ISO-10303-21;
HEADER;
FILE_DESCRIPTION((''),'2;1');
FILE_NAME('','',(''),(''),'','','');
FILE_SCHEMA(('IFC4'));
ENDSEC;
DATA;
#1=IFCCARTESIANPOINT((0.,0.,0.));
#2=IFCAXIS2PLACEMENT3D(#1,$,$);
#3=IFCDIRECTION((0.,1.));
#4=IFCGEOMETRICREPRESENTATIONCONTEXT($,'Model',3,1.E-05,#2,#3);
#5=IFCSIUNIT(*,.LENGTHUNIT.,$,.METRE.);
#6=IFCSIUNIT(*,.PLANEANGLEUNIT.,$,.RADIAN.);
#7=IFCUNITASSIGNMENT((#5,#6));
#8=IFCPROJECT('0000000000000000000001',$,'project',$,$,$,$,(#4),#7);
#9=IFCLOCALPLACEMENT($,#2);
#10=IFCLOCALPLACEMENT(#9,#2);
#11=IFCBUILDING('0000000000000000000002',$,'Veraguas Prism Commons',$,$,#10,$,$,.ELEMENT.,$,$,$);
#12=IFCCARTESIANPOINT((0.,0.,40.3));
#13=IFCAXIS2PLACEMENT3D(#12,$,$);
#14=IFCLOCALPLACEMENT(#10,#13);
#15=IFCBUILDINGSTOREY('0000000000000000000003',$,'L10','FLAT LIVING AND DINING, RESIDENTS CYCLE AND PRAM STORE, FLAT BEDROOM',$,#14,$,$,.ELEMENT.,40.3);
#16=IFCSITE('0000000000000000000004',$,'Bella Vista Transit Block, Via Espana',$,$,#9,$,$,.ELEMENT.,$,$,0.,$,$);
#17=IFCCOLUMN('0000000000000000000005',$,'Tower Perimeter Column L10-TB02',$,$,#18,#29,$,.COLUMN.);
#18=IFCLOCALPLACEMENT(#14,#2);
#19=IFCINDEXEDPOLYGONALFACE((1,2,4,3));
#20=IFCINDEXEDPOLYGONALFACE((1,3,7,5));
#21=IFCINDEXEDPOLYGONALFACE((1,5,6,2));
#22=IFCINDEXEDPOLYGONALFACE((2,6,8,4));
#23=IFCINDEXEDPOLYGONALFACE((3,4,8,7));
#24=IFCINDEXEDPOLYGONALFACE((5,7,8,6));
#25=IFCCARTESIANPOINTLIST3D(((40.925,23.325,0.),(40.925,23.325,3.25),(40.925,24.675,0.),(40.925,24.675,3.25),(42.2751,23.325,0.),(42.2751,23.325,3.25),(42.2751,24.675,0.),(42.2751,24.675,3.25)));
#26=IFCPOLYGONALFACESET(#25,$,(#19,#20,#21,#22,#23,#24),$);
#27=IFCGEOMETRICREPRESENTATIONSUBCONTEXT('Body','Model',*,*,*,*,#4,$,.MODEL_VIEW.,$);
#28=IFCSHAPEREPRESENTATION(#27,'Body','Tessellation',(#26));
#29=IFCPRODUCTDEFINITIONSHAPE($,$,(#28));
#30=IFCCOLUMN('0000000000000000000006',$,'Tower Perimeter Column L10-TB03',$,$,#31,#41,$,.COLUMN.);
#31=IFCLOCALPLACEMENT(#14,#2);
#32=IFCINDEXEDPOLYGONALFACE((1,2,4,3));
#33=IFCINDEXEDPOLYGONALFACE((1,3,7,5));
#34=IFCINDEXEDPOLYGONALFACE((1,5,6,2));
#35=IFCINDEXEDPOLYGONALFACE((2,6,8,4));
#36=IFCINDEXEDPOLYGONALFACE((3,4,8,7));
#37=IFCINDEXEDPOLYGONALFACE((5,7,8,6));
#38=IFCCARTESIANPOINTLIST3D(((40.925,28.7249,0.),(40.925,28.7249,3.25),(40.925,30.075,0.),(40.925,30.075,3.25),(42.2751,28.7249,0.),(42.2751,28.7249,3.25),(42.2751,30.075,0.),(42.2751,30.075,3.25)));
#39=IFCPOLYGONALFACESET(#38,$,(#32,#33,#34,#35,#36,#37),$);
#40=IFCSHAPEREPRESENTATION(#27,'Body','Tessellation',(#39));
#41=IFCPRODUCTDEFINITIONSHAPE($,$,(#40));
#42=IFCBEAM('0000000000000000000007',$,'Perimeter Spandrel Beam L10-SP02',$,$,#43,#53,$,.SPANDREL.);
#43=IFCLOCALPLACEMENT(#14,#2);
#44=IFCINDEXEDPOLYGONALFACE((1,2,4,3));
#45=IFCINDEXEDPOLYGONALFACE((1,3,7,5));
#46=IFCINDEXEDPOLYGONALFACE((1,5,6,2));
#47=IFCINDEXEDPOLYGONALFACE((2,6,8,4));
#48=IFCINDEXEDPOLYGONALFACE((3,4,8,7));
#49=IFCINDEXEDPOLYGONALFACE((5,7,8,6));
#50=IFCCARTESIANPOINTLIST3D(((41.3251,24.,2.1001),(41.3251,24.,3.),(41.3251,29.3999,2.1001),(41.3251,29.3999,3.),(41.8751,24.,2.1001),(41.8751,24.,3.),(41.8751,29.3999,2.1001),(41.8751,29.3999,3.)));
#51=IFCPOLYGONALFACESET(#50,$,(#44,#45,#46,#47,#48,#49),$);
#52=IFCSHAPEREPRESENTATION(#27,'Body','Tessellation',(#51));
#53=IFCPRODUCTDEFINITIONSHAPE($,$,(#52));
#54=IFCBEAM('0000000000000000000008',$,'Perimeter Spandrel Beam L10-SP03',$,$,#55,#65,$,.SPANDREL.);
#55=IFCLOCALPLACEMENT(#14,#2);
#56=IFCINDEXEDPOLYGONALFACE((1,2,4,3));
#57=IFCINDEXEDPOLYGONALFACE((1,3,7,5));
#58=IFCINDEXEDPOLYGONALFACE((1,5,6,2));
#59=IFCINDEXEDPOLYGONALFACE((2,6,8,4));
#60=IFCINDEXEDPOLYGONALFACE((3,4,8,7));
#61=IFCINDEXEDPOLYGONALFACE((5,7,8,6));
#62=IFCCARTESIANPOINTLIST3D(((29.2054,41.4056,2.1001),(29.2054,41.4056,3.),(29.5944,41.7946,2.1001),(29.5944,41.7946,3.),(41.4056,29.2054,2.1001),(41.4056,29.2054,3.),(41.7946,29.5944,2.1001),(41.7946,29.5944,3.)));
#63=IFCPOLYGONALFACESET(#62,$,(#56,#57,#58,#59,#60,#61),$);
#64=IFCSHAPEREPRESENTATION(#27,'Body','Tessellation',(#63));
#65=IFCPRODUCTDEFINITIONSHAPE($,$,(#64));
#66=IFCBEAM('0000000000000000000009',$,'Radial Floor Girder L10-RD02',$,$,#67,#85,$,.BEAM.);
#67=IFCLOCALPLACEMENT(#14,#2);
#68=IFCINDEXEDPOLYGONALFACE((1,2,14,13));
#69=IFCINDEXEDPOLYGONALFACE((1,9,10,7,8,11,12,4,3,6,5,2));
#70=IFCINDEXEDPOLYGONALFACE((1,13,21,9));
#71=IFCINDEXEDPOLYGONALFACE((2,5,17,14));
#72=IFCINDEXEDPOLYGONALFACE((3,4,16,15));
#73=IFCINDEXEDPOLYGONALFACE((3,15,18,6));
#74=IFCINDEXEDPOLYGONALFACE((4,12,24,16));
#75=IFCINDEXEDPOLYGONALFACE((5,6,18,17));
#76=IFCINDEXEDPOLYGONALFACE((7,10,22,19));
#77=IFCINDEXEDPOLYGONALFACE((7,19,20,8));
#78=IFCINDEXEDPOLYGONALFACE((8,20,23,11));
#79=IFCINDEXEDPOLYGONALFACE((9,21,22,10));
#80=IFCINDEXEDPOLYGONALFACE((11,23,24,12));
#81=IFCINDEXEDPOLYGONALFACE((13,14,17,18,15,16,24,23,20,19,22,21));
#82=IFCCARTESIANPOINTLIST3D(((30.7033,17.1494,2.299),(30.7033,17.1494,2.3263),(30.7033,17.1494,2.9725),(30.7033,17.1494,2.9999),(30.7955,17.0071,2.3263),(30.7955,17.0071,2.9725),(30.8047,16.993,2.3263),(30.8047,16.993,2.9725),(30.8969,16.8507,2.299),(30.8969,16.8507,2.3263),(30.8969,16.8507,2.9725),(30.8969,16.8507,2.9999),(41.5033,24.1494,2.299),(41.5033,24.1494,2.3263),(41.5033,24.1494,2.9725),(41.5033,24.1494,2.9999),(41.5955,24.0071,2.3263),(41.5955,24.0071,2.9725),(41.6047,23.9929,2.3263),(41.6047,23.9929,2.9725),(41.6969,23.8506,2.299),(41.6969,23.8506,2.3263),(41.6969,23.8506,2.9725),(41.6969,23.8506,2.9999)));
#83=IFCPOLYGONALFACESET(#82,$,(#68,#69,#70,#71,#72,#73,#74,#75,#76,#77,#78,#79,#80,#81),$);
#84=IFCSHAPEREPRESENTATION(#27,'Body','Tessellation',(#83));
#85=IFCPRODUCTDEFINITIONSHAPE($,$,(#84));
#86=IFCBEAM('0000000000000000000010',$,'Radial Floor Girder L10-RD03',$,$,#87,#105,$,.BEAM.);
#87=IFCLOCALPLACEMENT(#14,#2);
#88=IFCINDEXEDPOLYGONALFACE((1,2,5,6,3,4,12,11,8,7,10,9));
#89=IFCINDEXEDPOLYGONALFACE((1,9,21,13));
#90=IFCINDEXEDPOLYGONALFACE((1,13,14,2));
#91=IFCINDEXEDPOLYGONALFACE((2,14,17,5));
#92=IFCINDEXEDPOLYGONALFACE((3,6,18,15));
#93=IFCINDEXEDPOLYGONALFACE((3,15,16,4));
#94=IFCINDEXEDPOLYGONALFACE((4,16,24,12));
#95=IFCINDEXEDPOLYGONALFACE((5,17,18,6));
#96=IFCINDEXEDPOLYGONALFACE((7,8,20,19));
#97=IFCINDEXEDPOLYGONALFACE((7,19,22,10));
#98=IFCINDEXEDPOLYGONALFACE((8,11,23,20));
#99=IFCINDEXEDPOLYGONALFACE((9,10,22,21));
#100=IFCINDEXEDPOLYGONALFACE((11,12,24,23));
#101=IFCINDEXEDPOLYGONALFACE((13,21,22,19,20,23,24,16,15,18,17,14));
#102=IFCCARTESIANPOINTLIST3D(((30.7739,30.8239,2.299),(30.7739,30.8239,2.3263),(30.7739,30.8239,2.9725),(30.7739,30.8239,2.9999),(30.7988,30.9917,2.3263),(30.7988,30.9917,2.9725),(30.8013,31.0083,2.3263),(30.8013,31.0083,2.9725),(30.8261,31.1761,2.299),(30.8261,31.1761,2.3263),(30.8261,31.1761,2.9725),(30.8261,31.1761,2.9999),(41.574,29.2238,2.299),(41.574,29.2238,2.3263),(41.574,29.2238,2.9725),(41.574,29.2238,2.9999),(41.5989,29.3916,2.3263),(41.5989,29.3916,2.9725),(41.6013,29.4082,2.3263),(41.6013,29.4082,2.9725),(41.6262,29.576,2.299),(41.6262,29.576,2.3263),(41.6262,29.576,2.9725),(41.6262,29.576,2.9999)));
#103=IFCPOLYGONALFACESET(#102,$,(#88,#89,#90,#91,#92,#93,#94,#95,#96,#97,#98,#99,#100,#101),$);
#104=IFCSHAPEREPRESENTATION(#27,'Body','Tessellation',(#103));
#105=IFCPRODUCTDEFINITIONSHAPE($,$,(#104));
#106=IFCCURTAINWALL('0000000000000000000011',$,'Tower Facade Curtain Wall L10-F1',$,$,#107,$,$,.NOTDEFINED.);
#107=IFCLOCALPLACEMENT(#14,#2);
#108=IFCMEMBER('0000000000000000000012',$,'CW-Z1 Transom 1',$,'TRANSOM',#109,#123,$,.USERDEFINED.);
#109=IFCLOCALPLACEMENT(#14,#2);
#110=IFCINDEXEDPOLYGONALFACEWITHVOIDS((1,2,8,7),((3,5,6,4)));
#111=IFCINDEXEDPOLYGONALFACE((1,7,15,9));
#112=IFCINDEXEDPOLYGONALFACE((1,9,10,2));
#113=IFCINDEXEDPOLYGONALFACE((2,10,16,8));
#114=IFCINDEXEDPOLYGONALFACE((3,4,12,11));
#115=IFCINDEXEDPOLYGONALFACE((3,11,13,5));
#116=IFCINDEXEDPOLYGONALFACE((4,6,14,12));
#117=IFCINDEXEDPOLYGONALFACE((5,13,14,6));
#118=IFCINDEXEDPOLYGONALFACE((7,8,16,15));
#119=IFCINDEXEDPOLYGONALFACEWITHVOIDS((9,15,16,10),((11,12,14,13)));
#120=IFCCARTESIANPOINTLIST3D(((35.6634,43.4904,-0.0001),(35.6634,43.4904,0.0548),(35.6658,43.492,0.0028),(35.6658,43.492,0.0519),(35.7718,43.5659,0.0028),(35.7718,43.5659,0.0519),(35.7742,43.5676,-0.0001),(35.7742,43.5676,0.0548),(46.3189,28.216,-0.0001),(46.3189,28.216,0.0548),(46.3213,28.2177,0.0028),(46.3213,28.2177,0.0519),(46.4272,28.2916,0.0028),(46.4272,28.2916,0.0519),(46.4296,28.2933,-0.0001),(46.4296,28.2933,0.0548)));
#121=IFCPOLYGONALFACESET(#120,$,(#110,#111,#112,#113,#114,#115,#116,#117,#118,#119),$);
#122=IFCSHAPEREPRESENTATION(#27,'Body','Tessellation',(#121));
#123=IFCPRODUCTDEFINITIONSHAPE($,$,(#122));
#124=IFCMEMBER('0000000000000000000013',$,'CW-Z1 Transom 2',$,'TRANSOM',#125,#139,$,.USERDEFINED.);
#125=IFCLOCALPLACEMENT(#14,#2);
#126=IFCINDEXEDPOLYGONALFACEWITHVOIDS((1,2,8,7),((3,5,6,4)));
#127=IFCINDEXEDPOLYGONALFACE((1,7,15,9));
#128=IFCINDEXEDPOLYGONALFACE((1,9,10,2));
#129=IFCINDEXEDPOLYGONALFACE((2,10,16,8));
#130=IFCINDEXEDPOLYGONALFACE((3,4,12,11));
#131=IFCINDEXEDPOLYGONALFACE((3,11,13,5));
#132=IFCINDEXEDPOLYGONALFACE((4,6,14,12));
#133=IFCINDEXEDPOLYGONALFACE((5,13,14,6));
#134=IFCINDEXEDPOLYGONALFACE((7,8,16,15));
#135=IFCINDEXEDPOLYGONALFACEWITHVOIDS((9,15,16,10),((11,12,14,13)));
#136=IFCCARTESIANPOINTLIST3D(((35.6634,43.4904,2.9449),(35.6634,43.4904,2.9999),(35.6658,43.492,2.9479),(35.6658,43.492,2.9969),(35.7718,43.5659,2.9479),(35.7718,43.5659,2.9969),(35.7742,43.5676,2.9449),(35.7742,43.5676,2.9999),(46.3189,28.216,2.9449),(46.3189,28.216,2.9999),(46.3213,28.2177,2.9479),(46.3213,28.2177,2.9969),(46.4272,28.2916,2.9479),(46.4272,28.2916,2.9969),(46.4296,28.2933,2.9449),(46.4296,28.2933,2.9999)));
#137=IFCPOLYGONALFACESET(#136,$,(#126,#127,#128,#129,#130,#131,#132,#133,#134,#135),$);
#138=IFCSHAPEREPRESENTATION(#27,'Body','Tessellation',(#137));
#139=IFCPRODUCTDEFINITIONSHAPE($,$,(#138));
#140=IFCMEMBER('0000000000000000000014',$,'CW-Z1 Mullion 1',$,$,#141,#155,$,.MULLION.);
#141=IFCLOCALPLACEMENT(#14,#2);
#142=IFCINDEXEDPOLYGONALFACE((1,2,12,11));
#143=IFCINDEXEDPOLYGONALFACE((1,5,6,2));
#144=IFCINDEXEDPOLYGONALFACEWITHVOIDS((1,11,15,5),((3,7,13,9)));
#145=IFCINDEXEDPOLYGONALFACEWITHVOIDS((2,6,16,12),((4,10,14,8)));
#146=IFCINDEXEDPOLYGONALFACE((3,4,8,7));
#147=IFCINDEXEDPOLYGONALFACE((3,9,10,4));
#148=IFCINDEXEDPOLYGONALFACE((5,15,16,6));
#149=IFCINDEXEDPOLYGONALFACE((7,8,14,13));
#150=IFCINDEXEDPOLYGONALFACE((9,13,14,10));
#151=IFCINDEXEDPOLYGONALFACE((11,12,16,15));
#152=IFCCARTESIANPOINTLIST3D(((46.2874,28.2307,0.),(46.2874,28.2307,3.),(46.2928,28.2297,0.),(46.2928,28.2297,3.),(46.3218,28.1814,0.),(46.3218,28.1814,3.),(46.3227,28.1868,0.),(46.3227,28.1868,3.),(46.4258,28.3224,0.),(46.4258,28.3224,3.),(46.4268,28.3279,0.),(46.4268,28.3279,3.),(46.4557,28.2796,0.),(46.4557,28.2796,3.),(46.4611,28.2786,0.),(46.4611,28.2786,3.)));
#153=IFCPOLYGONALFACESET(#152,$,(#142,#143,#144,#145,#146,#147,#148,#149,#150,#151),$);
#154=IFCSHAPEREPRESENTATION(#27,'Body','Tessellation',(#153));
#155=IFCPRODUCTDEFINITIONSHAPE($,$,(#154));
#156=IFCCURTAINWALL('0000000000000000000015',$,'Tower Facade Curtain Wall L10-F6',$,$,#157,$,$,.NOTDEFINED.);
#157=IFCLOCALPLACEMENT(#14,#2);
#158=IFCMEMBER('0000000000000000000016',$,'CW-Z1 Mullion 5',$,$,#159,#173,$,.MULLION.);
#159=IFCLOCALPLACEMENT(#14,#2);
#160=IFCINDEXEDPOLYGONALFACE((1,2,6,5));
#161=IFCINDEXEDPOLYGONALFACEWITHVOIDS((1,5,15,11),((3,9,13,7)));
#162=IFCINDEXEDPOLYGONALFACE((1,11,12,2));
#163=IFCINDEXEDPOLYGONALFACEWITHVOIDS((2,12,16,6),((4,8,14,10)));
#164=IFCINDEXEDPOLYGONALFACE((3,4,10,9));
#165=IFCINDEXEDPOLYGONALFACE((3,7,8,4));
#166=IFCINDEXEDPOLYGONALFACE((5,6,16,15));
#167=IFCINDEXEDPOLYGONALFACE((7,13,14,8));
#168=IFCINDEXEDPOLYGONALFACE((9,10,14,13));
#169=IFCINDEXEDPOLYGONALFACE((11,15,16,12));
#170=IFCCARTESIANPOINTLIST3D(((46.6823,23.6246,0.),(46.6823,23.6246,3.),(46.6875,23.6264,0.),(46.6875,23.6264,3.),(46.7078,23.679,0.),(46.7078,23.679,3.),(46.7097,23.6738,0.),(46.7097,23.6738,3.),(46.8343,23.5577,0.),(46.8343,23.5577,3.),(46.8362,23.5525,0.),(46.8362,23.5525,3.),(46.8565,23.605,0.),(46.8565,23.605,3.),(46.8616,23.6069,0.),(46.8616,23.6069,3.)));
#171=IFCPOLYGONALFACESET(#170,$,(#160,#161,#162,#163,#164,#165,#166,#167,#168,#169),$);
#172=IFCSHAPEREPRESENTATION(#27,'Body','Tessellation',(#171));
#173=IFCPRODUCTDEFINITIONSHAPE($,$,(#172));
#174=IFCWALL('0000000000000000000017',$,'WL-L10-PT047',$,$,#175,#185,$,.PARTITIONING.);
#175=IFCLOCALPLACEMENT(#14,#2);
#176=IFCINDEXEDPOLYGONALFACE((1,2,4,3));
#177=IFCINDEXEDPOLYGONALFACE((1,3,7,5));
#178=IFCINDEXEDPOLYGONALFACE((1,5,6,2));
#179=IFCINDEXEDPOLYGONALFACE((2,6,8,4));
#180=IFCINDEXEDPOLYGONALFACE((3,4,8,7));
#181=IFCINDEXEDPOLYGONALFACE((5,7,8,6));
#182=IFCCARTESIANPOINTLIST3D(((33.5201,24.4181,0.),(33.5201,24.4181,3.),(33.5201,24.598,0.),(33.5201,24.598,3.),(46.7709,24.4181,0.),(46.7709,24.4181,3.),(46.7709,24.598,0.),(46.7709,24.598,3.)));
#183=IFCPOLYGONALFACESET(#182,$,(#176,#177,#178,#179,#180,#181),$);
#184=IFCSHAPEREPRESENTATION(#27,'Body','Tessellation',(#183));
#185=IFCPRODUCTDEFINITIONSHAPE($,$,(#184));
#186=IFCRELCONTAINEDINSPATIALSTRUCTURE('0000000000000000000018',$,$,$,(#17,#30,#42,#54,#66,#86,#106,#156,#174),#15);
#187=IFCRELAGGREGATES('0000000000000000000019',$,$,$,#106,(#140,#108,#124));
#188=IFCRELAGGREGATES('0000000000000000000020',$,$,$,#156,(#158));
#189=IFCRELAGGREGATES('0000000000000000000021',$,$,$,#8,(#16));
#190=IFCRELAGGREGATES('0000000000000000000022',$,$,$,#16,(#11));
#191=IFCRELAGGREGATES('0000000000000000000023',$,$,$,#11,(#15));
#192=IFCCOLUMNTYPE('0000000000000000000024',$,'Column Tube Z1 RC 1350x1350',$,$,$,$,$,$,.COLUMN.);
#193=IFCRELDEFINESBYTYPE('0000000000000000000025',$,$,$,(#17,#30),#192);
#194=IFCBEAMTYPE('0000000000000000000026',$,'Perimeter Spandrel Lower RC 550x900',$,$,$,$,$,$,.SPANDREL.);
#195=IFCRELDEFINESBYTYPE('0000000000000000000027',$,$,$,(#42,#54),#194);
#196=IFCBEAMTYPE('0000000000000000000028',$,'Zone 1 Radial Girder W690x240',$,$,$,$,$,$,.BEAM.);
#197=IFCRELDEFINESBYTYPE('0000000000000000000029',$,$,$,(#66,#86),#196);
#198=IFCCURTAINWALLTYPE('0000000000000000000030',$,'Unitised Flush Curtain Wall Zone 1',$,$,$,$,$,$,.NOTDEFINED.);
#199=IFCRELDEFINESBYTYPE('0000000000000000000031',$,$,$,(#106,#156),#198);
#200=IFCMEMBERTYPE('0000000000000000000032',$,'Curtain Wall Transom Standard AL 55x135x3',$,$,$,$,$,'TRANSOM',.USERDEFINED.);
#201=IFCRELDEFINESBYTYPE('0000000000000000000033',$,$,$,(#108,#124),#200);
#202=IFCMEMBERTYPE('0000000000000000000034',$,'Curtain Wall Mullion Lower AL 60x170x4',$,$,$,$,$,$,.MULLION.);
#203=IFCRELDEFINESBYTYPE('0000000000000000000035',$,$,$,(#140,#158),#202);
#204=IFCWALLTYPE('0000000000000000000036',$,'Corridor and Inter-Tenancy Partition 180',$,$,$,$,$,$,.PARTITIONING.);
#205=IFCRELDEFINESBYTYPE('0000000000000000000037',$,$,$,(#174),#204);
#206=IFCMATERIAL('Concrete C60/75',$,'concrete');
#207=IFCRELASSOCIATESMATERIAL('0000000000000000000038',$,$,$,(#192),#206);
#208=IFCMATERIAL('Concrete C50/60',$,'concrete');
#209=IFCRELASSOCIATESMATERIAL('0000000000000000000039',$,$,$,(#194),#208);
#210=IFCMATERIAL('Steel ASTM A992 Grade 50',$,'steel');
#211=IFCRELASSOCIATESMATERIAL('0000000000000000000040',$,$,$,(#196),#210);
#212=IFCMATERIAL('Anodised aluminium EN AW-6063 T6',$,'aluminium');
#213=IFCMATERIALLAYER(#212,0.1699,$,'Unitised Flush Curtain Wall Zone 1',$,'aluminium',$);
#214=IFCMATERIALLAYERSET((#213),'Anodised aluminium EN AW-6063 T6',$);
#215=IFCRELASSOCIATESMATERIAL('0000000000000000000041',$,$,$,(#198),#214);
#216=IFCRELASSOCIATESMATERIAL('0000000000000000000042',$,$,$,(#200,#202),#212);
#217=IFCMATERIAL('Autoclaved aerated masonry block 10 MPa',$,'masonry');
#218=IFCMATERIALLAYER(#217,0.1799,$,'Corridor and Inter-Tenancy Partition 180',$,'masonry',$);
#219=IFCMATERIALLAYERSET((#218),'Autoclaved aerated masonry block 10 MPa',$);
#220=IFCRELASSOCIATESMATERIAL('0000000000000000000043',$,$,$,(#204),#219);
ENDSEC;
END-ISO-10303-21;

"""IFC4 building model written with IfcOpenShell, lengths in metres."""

from ifc_helpers import new_model, si_unit, direction, frame, frame_2d, origin, origin_2d, place, context, subcontext, project, spatial, rectangle, hollow_rectangle, i_section, extrude, source, transform, mapped, material, layer, layer_set, material_profile, profile_set, type_object, element, aggregate, save


model = new_model("IFC4")

# Units and contexts
model_context = context("Model", 3, precision=1e-05, world=origin(), true_north=direction((0.0, 1.0)))
body_context = subcontext(model_context, "Body", "Model", "MODEL_VIEW")
ifc_project = project(units=[si_unit("LENGTHUNIT", "METRE"), si_unit("PLANEANGLEUNIT", "RADIAN")], contexts=[model_context])

# Site, building, storey
site_placement = place(None, origin())
site = spatial("IfcSite", under=ifc_project, at=site_placement, Name="Bella Vista Transit Block, Via Espana", CompositionType="ELEMENT", RefElevation=0.0)
building_placement = place(site_placement, origin())
building = spatial("IfcBuilding", under=site, at=building_placement, Name="Veraguas Prism Commons", CompositionType="ELEMENT")
storey_placement = place(building_placement, frame((0.0, 0.0, 40.3)))
storey = spatial("IfcBuildingStorey", under=building, at=storey_placement, Name="L10", Description="FLAT LIVING AND DINING, RESIDENTS CYCLE AND PRAM STORE, FLAT BEDROOM", CompositionType="ELEMENT", Elevation=40.3)

# Columns
ifc_material_1 = material(Name="Concrete C60/75", Category="concrete")
ifc_material_profile_1 = material_profile(ifc_material_1, rectangle(XDim=1.3501, YDim=1.3501, at=origin_2d()), Name="RC1350X1350")
ifc_profile_set_1 = profile_set([ifc_material_profile_1], Name="Concrete C60/75")
column_type = type_object("IfcColumnType", Name="Column Tube Z1 RC 1350x1350", PredefinedType="COLUMN", material=ifc_profile_set_1)
for number, where, z_axis, x_axis, name in (
    (1, (41.6001, 24.0, 0.0), (0.0, 0.0, 1.0), (1.0, 0.0, 0.0), "Tower Perimeter Column L10-TB02"),
    (2, (41.6001, 29.3999, 0.0), (0.0, 0.0, 1.0), (1.0, 0.0, 0.0), "Tower Perimeter Column L10-TB03"),
):
    element("IfcColumn", number, at=place(storey_placement, frame(where, z_axis=z_axis, x_axis=x_axis)), inside=storey, type_object=column_type, Name=name, PredefinedType="COLUMN", context=body_context, shape_type="SweptSolid", body=[
        extrude(rectangle(XDim=1.3501, YDim=1.3501, at=origin_2d()), origin(), (0.0, 0.0, 1.0), 3.25),
    ])

# Beams
ifc_material_2 = material(Name="Concrete C50/60", Category="concrete")
ifc_material_profile_2 = material_profile(ifc_material_2, rectangle(XDim=0.55, YDim=0.8999, at=origin_2d()), Name="RC550X900")
ifc_profile_set_2 = profile_set([ifc_material_profile_2], Name="Concrete C50/60")
beam_type_1 = type_object("IfcBeamType", Name="Perimeter Spandrel Lower RC 550x900", PredefinedType="SPANDREL", material=ifc_profile_set_2)
beam_1_placement = place(storey_placement, frame((41.6001, 24.0, 2.55), z_axis=(0.0, 1.0, 0.0), x_axis=(-1.0, 0.0, 0.0)))
element("IfcBeam", 3, at=beam_1_placement, inside=storey, type_object=beam_type_1, Name="Perimeter Spandrel Beam L10-SP02", PredefinedType="SPANDREL", context=body_context, shape_type="SweptSolid", body=[
    extrude(rectangle(XDim=0.55, YDim=0.8999, at=origin_2d()), origin(), (0.0, 0.0, 1.0), 5.3999),
])
beam_2_placement = place(storey_placement, frame((41.6001, 29.3999, 2.55), z_axis=(-0.707107, 0.707107, 0.0), x_axis=(-0.707107, -0.707107, 0.0)))
element("IfcBeam", 4, at=beam_2_placement, inside=storey, type_object=beam_type_1, Name="Perimeter Spandrel Beam L10-SP03", PredefinedType="SPANDREL", context=body_context, shape_type="SweptSolid", body=[
    extrude(rectangle(XDim=0.55, YDim=0.8999, at=origin_2d()), origin(), (0.0, 0.0, 1.0), 17.2537),
])
ifc_material_3 = material(Name="Steel ASTM A992 Grade 50", Category="steel")
ifc_material_profile_3 = material_profile(ifc_material_3, i_section(OverallWidth=0.356, OverallDepth=0.7009, WebThickness=0.0168, FlangeThickness=0.0273, at=origin_2d()), Name="W690X240")
ifc_profile_set_3 = profile_set([ifc_material_profile_3], Name="Steel ASTM A992 Grade 50")
beam_type_2 = type_object("IfcBeamType", Name="Zone 1 Radial Girder W690x240", PredefinedType="BEAM", material=ifc_profile_set_3)
beam_3_placement = place(storey_placement, frame((41.6001, 24.0, 2.6494), z_axis=(-0.839154, -0.543894, 0.0), x_axis=(0.543894, -0.839154, 0.0)))
element("IfcBeam", 5, at=beam_3_placement, inside=storey, type_object=beam_type_2, Name="Radial Floor Girder L10-RD02", PredefinedType="BEAM", context=body_context, shape_type="SweptSolid", body=[
    extrude(i_section(OverallWidth=0.356, OverallDepth=0.7009, WebThickness=0.0168, FlangeThickness=0.0273, at=origin_2d()), origin(), (0.0, 0.0, 1.0), 12.8701),
])
beam_4_placement = place(storey_placement, frame((41.6001, 29.3999, 2.6494), z_axis=(-0.989202, 0.146557, 0.0), x_axis=(-0.146557, -0.989202, 0.0)))
element("IfcBeam", 6, at=beam_4_placement, inside=storey, type_object=beam_type_2, Name="Radial Floor Girder L10-RD03", PredefinedType="BEAM", context=body_context, shape_type="SweptSolid", body=[
    extrude(i_section(OverallWidth=0.356, OverallDepth=0.7009, WebThickness=0.0168, FlangeThickness=0.0273, at=origin_2d()), origin(), (0.0, 0.0, 1.0), 10.918),
])

# Curtain wall, members
ifc_material_4 = material(Name="Anodised aluminium EN AW-6063 T6", Category="aluminium")
ifc_layer_1 = layer(ifc_material_4, 0.1699, Name="Unitised Flush Curtain Wall Zone 1", Category="aluminium")
ifc_layer_set_1 = layer_set([ifc_layer_1], Name="Anodised aluminium EN AW-6063 T6")
curtain_wall_type = type_object("IfcCurtainWallType", Name="Unitised Flush Curtain Wall Zone 1", PredefinedType="NOTDEFINED", material=ifc_layer_set_1)
curtain_wall_1_placement = place(storey_placement, origin())
curtain_wall_1 = element("IfcCurtainWall", 7, at=curtain_wall_1_placement, inside=storey, type_object=curtain_wall_type, Name="Tower Facade Curtain Wall L10-F1", PredefinedType="NOTDEFINED")
ifc_material_profile_4 = material_profile(ifc_material_4, hollow_rectangle(XDim=0.0549, YDim=0.135, WallThickness=0.0029, at=origin_2d()), Name="AL55X135X3")
ifc_profile_set_4 = profile_set([ifc_material_profile_4], Name="Anodised aluminium EN AW-6063 T6")
member_type_1 = type_object("IfcMemberType", Name="Curtain Wall Transom Standard AL 55x135x3", ElementType="TRANSOM", PredefinedType="USERDEFINED", material=ifc_profile_set_4)
shared_shape_1 = source(origin(), body_context, "Body", "SweptSolid", [
    extrude(hollow_rectangle(XDim=0.0549, YDim=0.135, WallThickness=0.0029, at=origin_2d()), origin(), (0.0, 0.0, 1.0), 18.6238),
])
member_1_placement = place(storey_placement, frame((46.3743, 28.2546, 0.0273), z_axis=(-0.572144, 0.820153, 0.0), x_axis=(0.0, 0.0, 1.0)))
member_1 = element("IfcMember", 8, at=member_1_placement, type_object=member_type_1, Name="CW-Z1 Transom 1", ObjectType="TRANSOM", PredefinedType="USERDEFINED", context=body_context, shape_type="MappedRepresentation", body=[
    mapped(shared_shape_1, transform((0.0, 0.0, 0.0), scale=1.0)),
])
member_2_placement = place(storey_placement, frame((46.3743, 28.2546, 2.9724), z_axis=(-0.572144, 0.820153, 0.0), x_axis=(0.0, 0.0, 1.0)))
member_2 = element("IfcMember", 9, at=member_2_placement, type_object=member_type_1, Name="CW-Z1 Transom 2", ObjectType="TRANSOM", PredefinedType="USERDEFINED", context=body_context, shape_type="MappedRepresentation", body=[
    mapped(shared_shape_1, transform((0.0, 0.0, 0.0), scale=1.0)),
])
ifc_material_profile_5 = material_profile(ifc_material_4, hollow_rectangle(XDim=0.0601, YDim=0.1699, WallThickness=0.0039, at=origin_2d()), Name="AL60X170X4")
ifc_profile_set_5 = profile_set([ifc_material_profile_5], Name="Anodised aluminium EN AW-6063 T6")
member_type_2 = type_object("IfcMemberType", Name="Curtain Wall Mullion Lower AL 60x170x4", PredefinedType="MULLION", material=ifc_profile_set_5)
shared_shape_2 = source(origin(), body_context, "Body", "SweptSolid", [
    extrude(hollow_rectangle(XDim=0.0601, YDim=0.1699, WallThickness=0.0039, at=origin_2d()), origin(), (0.0, 0.0, 1.0), 3.0),
])
member_3_placement = place(storey_placement, frame((46.3743, 28.2546, 0.0), z_axis=(0.0, 0.0, 1.0), x_axis=(-0.572146, 0.820152, 0.0)))
member_3 = element("IfcMember", 10, at=member_3_placement, type_object=member_type_2, Name="CW-Z1 Mullion 1", PredefinedType="MULLION", context=body_context, shape_type="MappedRepresentation", body=[
    mapped(shared_shape_2, transform((0.0, 0.0, 0.0), scale=1.0)),
])
aggregate(curtain_wall_1, [member_3, member_1, member_2])

# Curtain wall, member
curtain_wall_2_placement = place(storey_placement, origin())
curtain_wall_2 = element("IfcCurtainWall", 11, at=curtain_wall_2_placement, inside=storey, type_object=curtain_wall_type, Name="Tower Facade Curtain Wall L10-F6", PredefinedType="NOTDEFINED")
member_4_placement = place(storey_placement, frame((46.772, 23.6157, 0.0), z_axis=(0.0, 0.0, 1.0), x_axis=(0.424195, 0.905571, 0.0)))
member_4 = element("IfcMember", 12, at=member_4_placement, type_object=member_type_2, Name="CW-Z1 Mullion 5", PredefinedType="MULLION", context=body_context, shape_type="MappedRepresentation", body=[
    mapped(shared_shape_2, transform((0.0, 0.0, 0.0), scale=1.0)),
])
aggregate(curtain_wall_2, [member_4])

# Wall
ifc_material_5 = material(Name="Autoclaved aerated masonry block 10 MPa", Category="masonry")
ifc_layer_2 = layer(ifc_material_5, 0.1799, Name="Corridor and Inter-Tenancy Partition 180", Category="masonry")
ifc_layer_set_2 = layer_set([ifc_layer_2], Name="Autoclaved aerated masonry block 10 MPa")
wall_type_1 = type_object("IfcWallType", Name="Corridor and Inter-Tenancy Partition 180", PredefinedType="PARTITIONING", material=ifc_layer_set_2)
wall_1_placement = place(storey_placement, frame((33.52, 24.5081, 0.0), z_axis=(0.0, 0.0, 1.0), x_axis=(1.0, 0.0, 0.0)))
element("IfcWall", 13, at=wall_1_placement, inside=storey, type_object=wall_type_1, Name="WL-L10-PT047", PredefinedType="PARTITIONING", context=body_context, shape_type="SweptSolid", body=[
    extrude(rectangle(XDim=13.2507, YDim=0.1799, at=frame_2d((6.6255, 0.0))), origin(), (0.0, 0.0, 1.0), 3.0),
])

save(model, "model.ifc")
